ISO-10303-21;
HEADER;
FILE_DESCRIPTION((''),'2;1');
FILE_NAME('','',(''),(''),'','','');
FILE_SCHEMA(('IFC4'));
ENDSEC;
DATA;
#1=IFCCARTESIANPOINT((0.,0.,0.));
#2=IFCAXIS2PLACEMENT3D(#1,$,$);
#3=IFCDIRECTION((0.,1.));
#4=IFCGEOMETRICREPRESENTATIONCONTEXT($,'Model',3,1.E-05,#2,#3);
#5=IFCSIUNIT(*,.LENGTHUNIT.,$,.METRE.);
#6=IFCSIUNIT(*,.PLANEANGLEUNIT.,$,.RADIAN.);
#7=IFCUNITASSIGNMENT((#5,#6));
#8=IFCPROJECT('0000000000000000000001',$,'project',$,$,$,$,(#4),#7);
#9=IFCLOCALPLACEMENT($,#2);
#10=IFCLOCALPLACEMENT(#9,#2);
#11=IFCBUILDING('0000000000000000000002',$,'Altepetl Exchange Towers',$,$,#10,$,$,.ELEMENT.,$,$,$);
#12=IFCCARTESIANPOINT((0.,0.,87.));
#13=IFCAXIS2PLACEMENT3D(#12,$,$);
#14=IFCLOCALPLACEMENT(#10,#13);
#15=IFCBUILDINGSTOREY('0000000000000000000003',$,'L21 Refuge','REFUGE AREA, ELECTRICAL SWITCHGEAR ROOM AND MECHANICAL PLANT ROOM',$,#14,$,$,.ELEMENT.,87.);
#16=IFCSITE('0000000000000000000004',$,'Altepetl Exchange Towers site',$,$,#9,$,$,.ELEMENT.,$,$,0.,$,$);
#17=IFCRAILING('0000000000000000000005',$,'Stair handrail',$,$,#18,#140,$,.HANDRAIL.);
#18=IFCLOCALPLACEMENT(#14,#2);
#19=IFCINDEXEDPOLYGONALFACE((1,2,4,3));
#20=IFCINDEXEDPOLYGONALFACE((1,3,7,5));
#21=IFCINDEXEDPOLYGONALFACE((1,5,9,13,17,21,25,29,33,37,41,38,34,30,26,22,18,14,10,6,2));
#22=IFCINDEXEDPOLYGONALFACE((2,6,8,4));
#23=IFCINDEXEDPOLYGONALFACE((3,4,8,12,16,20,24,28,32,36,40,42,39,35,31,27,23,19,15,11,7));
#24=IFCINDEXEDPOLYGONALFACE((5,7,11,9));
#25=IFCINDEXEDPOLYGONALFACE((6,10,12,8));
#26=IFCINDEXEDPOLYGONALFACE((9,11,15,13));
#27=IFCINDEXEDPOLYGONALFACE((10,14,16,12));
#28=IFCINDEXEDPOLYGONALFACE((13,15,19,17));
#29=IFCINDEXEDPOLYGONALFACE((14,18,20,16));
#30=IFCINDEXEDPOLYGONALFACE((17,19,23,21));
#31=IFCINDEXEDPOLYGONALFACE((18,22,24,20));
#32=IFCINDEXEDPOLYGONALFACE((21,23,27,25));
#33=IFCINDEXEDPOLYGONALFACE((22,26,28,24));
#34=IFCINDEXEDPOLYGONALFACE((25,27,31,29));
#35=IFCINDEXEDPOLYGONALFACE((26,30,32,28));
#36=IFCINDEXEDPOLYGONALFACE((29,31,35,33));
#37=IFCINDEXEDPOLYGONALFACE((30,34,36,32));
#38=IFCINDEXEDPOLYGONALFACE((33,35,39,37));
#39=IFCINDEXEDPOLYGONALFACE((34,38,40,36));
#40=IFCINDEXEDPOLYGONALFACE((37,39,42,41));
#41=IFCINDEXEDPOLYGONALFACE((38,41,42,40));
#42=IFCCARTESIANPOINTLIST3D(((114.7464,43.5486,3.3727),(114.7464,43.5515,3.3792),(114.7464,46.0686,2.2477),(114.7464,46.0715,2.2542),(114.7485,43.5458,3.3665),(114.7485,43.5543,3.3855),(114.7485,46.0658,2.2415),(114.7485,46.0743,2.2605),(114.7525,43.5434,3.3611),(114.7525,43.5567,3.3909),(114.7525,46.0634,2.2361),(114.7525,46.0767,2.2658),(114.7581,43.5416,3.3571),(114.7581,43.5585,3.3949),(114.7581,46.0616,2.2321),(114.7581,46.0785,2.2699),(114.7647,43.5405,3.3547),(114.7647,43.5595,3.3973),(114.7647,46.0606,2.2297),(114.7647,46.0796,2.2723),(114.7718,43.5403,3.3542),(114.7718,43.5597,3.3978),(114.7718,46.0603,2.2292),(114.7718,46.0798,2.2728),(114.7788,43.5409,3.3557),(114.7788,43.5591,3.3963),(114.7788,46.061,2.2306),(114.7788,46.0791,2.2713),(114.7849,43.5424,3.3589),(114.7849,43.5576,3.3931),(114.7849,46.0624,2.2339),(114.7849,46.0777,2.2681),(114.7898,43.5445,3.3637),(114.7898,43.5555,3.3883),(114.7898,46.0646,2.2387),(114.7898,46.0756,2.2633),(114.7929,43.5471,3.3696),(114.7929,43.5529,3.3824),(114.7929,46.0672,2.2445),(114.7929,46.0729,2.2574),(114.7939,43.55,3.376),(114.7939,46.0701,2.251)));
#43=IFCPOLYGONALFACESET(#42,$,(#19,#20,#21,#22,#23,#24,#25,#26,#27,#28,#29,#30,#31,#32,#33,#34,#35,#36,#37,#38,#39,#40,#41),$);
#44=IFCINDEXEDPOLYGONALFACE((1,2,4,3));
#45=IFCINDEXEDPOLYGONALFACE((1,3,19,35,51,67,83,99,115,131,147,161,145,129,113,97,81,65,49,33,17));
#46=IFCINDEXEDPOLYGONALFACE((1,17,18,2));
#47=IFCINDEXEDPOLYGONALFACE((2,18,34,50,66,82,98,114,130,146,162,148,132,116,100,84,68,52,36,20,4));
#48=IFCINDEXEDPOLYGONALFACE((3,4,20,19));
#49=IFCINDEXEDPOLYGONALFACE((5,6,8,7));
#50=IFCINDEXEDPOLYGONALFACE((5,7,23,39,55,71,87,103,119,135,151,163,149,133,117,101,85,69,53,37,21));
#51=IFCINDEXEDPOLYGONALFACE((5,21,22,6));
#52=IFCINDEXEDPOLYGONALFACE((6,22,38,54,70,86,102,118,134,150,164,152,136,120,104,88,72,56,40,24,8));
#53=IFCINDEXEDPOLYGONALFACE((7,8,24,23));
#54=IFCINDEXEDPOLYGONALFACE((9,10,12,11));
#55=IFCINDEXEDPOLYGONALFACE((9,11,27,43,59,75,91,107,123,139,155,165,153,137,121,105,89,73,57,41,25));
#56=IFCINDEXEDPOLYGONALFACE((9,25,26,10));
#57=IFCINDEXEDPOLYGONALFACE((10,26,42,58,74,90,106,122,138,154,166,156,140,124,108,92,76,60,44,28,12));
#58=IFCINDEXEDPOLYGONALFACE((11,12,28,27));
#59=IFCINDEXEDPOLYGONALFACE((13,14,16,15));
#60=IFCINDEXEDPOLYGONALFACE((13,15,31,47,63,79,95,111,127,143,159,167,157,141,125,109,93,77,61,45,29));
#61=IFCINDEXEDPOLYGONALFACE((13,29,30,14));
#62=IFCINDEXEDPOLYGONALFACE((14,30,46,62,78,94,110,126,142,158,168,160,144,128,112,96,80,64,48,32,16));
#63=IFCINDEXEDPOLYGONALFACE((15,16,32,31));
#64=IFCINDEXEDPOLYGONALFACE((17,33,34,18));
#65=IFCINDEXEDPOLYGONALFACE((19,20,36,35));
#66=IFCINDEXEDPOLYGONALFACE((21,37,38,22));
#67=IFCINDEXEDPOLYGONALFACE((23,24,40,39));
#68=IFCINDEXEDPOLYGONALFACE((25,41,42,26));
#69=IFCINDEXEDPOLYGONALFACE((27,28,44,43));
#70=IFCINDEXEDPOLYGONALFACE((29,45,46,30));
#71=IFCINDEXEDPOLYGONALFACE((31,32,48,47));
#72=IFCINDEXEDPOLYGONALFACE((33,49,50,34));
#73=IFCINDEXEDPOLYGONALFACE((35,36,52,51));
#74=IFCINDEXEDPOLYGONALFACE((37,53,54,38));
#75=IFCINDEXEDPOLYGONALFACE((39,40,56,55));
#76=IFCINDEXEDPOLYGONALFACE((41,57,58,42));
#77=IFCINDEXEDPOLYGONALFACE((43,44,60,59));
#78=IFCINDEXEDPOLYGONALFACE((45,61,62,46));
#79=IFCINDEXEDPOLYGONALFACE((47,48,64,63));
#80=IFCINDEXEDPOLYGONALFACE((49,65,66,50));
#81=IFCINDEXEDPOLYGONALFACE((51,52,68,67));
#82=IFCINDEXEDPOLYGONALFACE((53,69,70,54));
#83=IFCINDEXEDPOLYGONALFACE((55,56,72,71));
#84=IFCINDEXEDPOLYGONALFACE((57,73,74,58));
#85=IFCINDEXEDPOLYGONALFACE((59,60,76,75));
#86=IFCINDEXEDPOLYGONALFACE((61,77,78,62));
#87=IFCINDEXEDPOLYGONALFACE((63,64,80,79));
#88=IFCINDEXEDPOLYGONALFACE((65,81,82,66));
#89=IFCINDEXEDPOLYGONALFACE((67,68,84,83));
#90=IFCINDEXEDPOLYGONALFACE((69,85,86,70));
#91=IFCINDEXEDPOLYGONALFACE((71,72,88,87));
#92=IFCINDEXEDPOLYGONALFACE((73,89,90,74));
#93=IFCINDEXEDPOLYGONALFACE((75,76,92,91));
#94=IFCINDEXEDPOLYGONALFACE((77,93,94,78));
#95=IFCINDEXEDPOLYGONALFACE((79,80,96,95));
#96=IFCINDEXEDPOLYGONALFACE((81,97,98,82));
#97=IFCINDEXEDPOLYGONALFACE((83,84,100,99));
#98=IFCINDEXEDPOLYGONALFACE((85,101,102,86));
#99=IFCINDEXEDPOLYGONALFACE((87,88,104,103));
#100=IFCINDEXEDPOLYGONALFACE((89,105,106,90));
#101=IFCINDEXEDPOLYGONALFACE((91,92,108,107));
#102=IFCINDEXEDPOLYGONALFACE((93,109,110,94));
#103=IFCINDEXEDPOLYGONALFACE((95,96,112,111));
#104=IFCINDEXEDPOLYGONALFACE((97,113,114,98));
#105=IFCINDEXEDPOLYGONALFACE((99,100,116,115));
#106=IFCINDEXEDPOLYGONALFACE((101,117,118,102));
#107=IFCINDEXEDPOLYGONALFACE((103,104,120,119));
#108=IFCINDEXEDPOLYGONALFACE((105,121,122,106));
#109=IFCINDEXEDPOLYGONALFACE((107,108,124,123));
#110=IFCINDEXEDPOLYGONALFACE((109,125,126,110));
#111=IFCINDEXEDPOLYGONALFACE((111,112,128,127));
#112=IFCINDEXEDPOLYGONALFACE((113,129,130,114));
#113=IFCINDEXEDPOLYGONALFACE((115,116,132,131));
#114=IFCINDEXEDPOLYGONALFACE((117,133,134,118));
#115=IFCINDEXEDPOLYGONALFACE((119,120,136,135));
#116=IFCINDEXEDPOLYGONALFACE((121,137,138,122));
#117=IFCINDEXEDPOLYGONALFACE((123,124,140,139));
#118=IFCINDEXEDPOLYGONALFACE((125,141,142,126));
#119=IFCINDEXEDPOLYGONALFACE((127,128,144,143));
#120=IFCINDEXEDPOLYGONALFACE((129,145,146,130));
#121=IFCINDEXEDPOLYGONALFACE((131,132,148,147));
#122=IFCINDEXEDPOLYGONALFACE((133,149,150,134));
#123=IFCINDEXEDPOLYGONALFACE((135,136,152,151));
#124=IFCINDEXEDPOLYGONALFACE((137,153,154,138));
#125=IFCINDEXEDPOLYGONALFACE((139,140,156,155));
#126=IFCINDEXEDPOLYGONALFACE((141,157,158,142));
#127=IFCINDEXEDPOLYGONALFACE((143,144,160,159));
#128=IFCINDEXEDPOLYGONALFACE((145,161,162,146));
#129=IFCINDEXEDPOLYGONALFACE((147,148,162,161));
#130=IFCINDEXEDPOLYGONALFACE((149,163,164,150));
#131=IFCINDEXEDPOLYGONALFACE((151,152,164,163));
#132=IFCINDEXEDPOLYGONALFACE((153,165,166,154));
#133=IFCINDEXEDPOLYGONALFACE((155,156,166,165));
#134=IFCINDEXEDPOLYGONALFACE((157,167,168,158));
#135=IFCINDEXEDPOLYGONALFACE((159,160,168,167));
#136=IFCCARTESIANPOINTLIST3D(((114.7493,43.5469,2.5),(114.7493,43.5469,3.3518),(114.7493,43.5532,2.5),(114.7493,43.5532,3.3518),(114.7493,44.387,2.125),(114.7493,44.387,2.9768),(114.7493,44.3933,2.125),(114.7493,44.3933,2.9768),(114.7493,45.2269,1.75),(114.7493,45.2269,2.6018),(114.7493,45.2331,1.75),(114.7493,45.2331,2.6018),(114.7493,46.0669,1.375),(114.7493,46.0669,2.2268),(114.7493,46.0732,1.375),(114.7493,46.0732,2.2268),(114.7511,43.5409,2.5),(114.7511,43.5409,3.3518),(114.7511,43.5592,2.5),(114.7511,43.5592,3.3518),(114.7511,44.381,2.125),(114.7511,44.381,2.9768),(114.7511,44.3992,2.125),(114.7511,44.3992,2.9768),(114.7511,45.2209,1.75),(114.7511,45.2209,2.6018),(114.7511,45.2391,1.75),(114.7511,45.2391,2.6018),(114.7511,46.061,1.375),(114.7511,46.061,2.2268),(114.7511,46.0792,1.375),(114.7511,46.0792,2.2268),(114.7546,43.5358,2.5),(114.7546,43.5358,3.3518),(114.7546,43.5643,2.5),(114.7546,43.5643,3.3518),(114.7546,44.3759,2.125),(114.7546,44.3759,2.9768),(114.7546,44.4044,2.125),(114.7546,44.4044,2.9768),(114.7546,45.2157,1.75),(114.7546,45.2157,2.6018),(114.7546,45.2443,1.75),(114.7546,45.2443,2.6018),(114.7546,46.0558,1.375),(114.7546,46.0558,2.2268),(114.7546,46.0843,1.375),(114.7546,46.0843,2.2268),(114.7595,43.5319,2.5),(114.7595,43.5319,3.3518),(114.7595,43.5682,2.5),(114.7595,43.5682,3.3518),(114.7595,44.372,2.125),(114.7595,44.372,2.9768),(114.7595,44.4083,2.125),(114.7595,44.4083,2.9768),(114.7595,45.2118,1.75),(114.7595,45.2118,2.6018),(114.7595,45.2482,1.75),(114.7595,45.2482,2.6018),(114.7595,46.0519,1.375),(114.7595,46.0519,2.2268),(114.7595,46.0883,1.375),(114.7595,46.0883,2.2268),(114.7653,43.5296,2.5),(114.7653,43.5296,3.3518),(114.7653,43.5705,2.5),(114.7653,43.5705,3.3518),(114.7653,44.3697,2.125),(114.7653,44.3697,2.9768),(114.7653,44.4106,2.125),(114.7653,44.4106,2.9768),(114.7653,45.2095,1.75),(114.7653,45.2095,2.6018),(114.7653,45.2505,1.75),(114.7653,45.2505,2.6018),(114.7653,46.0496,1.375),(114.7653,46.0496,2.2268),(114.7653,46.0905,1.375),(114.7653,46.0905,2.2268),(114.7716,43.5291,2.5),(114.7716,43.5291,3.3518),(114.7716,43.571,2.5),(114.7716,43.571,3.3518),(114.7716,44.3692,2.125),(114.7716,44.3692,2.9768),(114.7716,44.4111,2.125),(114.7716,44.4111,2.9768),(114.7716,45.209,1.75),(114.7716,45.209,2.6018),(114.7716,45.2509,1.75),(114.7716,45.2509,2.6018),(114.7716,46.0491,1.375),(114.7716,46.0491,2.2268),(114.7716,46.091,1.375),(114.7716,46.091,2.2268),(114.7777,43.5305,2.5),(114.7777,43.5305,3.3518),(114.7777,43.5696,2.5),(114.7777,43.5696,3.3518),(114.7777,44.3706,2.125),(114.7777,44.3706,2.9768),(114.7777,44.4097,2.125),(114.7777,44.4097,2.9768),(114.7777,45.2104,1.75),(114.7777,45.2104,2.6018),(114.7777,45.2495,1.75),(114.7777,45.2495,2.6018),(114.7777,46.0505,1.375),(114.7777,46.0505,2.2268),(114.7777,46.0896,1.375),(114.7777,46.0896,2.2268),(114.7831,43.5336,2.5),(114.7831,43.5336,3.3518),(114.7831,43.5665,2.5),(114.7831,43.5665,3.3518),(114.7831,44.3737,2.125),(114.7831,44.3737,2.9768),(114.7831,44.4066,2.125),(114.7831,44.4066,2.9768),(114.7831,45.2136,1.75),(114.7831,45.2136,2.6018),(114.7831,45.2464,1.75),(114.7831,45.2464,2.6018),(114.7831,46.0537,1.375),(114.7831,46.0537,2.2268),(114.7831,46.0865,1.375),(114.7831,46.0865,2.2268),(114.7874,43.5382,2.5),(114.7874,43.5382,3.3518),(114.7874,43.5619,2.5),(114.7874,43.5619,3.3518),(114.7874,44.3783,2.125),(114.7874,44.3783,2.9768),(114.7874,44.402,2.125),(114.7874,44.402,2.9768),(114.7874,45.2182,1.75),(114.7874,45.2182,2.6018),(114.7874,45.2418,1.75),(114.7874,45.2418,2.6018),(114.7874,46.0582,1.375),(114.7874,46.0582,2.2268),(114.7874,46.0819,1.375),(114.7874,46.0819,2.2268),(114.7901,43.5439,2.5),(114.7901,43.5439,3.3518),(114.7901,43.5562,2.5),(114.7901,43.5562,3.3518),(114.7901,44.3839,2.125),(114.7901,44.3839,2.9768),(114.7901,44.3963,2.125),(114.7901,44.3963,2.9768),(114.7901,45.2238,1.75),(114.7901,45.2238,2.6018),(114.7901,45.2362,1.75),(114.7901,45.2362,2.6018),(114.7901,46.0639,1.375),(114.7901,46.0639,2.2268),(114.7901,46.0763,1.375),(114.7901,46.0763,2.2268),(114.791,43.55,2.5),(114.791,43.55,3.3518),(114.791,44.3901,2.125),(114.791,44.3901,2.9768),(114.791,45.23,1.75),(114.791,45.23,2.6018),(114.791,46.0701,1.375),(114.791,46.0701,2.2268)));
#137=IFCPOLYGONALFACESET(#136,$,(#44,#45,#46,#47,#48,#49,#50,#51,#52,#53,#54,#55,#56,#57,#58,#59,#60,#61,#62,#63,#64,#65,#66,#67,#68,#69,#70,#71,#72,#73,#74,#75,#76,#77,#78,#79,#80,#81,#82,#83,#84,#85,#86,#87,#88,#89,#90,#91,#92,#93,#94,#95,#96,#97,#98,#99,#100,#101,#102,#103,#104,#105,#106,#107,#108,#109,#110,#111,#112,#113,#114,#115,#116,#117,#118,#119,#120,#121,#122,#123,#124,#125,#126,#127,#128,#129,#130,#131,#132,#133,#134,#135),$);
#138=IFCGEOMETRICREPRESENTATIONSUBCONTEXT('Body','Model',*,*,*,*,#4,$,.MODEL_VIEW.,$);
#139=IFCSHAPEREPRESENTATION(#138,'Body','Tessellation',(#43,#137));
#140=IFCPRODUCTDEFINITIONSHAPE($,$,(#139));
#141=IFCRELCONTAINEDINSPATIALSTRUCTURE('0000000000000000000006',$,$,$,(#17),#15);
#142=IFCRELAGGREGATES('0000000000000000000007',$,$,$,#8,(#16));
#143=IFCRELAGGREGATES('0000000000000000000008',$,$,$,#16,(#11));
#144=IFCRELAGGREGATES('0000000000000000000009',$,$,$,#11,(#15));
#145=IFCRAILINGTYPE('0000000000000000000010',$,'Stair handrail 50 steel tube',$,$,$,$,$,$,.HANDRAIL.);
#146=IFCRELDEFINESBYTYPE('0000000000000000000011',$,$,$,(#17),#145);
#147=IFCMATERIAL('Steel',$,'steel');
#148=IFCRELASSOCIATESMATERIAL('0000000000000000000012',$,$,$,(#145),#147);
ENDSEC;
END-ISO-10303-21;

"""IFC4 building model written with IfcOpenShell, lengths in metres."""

from ifc_helpers import new_model, si_unit, direction, frame, origin, origin_2d, place, context, subcontext, project, spatial, circle, extrude, source, transform, mapped, material, type_object, element, save


model = new_model("IFC4")

# Units and contexts
model_context = context("Model", 3, precision=1e-05, world=origin(), true_north=direction((0.0, 1.0)))
body_context = subcontext(model_context, "Body", "Model", "MODEL_VIEW")
ifc_project = project(units=[si_unit("LENGTHUNIT", "METRE"), si_unit("PLANEANGLEUNIT", "RADIAN")], contexts=[model_context])

# Site, building, storey
site_placement = place(None, origin())
site = spatial("IfcSite", under=ifc_project, at=site_placement, Name="Altepetl Exchange Towers site", CompositionType="ELEMENT", RefElevation=0.0)
building_placement = place(site_placement, origin())
building = spatial("IfcBuilding", under=site, at=building_placement, Name="Altepetl Exchange Towers", CompositionType="ELEMENT")
storey_placement = place(building_placement, frame((0.0, 0.0, 87.0)))
storey = spatial("IfcBuildingStorey", under=building, at=storey_placement, Name="L21 Refuge", Description="REFUGE AREA, ELECTRICAL SWITCHGEAR ROOM AND MECHANICAL PLANT ROOM", CompositionType="ELEMENT", Elevation=87.0)

# Railing
ifc_material_1 = material(Name="Steel", Category="steel")
railing_type = type_object("IfcRailingType", Name="Stair handrail 50 steel tube", PredefinedType="HANDRAIL", material=ifc_material_1)
shared_shape = source(origin(), body_context, "Body", "SweptSolid", [
    extrude(circle(Radius=0.021, at=origin_2d()), origin(), (0.0, 0.0, 1.0), 0.8518),
])
railing_1_placement = place(storey_placement, frame((114.77, 46.0701, 1.375)))
element("IfcRailing", 1, at=railing_1_placement, inside=storey, type_object=railing_type, Name="Stair handrail", PredefinedType="HANDRAIL", context=body_context, shape_type="SweptSolid", body=[
    extrude(circle(Radius=0.0239, at=origin_2d()), frame((0.0, 0.0, 0.876), z_axis=(0.0, -0.913139, 0.407648), x_axis=(1.0, 0.0, 0.0)), (0.0, 0.0, 1.0), 2.7598),
    mapped(shared_shape, transform((0.0, 0.0, 0.0))),
    mapped(shared_shape, transform((0.0, -0.8401, 0.375))),
    mapped(shared_shape, transform((0.0, -1.6799, 0.75))),
    mapped(shared_shape, transform((0.0, -2.52, 1.125))),
])

save(model, "model.ifc")
